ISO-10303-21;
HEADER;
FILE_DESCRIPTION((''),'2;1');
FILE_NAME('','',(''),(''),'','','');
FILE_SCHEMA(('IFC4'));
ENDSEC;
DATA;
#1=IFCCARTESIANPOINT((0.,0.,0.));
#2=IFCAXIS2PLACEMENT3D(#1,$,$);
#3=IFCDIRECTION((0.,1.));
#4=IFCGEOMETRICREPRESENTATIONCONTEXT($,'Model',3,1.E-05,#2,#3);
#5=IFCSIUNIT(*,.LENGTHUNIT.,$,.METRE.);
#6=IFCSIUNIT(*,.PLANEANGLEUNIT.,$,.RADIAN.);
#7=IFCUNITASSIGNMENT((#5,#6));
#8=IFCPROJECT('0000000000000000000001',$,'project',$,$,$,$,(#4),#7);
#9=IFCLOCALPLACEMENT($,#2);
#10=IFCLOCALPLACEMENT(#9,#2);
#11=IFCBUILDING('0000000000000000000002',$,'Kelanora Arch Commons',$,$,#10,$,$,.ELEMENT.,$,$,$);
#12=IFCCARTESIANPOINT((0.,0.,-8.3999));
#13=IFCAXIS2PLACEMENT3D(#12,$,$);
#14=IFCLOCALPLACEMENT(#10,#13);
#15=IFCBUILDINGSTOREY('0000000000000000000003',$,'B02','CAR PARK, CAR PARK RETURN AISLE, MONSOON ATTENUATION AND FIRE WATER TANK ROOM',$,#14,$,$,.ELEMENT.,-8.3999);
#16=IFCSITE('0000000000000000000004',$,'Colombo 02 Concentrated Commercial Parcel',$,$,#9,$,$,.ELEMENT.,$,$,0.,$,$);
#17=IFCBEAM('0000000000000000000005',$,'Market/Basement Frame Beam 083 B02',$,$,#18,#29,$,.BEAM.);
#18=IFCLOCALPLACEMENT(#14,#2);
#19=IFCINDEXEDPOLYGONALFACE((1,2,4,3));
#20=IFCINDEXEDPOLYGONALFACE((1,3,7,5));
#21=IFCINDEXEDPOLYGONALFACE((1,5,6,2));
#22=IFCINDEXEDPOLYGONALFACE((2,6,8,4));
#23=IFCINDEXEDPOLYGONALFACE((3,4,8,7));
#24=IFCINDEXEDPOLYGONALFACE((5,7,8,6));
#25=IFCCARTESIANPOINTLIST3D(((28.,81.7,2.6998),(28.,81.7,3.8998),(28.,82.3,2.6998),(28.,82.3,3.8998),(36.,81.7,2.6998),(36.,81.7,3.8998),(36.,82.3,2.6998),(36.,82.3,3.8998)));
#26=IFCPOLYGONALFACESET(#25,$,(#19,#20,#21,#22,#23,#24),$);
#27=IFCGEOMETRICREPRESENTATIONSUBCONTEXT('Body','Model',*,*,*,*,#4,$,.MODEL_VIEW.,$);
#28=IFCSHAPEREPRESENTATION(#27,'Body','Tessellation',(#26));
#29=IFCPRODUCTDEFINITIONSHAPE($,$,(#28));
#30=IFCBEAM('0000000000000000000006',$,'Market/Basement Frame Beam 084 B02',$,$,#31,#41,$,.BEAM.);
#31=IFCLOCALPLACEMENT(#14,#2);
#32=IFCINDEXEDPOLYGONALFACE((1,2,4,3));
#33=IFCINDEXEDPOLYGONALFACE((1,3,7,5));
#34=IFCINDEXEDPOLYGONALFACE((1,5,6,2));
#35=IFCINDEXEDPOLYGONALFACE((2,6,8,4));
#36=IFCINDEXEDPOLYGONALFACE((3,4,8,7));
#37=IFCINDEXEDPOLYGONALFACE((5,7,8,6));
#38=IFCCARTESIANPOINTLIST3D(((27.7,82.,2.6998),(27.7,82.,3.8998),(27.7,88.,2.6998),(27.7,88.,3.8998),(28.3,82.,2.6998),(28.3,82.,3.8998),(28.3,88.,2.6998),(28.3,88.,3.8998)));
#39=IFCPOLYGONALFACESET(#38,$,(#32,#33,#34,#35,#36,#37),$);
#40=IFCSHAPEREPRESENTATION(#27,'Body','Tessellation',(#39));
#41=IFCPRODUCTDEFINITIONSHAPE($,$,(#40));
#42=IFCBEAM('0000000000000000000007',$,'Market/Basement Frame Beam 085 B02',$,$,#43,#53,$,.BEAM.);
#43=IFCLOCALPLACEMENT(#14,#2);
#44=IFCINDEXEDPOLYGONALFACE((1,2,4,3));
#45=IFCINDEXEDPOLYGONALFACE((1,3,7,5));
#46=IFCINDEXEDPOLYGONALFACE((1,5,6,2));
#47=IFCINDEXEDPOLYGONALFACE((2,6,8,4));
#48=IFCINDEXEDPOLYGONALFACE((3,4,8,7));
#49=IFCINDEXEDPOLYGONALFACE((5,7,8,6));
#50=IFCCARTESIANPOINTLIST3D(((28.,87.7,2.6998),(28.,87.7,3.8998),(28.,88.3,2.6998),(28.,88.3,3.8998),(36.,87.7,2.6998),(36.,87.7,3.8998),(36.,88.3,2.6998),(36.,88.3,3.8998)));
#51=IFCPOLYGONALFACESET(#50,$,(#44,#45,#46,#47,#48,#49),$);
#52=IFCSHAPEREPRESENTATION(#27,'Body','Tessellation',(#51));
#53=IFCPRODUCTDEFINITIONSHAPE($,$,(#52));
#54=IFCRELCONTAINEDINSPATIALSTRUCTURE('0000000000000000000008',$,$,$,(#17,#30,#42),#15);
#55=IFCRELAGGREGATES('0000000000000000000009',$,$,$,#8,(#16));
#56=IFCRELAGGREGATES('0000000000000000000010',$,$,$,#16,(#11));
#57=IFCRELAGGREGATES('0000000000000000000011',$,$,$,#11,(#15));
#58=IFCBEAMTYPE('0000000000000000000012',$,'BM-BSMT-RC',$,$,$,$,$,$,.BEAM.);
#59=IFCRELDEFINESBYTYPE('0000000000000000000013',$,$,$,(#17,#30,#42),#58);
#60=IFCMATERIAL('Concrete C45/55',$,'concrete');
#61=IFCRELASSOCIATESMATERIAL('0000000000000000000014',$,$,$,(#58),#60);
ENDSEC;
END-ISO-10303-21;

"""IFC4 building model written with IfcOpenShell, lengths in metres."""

from ifc_helpers import new_model, si_unit, direction, frame, origin, origin_2d, place, context, subcontext, project, spatial, rectangle, extrude, material, material_profile, profile_set, type_object, element, save


model = new_model("IFC4")

# Units and contexts
model_context = context("Model", 3, precision=1e-05, world=origin(), true_north=direction((0.0, 1.0)))
body_context = subcontext(model_context, "Body", "Model", "MODEL_VIEW")
ifc_project = project(units=[si_unit("LENGTHUNIT", "METRE"), si_unit("PLANEANGLEUNIT", "RADIAN")], contexts=[model_context])

# Site, building, storey
site_placement = place(None, origin())
site = spatial("IfcSite", under=ifc_project, at=site_placement, Name="Colombo 02 Concentrated Commercial Parcel", CompositionType="ELEMENT", RefElevation=0.0)
building_placement = place(site_placement, origin())
building = spatial("IfcBuilding", under=site, at=building_placement, Name="Kelanora Arch Commons", CompositionType="ELEMENT")
storey_placement = place(building_placement, frame((0.0, 0.0, -8.3999)))
storey = spatial("IfcBuildingStorey", under=building, at=storey_placement, Name="B02", Description="CAR PARK, CAR PARK RETURN AISLE, MONSOON ATTENUATION AND FIRE WATER TANK ROOM", CompositionType="ELEMENT", Elevation=-8.3999)

# Shared definitions
ifc_material_1 = material(Name="Concrete C45/55", Category="concrete")

# Beams
ifc_material_profile_1 = material_profile(ifc_material_1, rectangle(XDim=0.6001, YDim=1.2, at=origin_2d()), Name="RCB600x1200")
ifc_profile_set_1 = profile_set([ifc_material_profile_1], Name="Concrete C45/55")
beam_type = type_object("IfcBeamType", Name="BM-BSMT-RC", PredefinedType="BEAM", material=ifc_profile_set_1)
for number, where, z_axis, x_axis, name in (
    (1, (28.0, 82.0, 3.2998), (1.0, 0.0, 0.0), (0.0, 1.0, 0.0), "Market/Basement Frame Beam 083 B02"),
):
    element("IfcBeam", number, at=place(storey_placement, frame(where, z_axis=z_axis, x_axis=x_axis)), inside=storey, type_object=beam_type, Name=name, PredefinedType="BEAM", context=body_context, shape_type="SweptSolid", body=[
        extrude(rectangle(XDim=0.6001, YDim=1.2, at=origin_2d()), origin(), (0.0, 0.0, 1.0), 8.0),
    ])
beam_1_placement = place(storey_placement, frame((28.0, 82.0, 3.2998), z_axis=(0.0, 1.0, 0.0), x_axis=(-1.0, 0.0, 0.0)))
element("IfcBeam", 2, at=beam_1_placement, inside=storey, type_object=beam_type, Name="Market/Basement Frame Beam 084 B02", PredefinedType="BEAM", context=body_context, shape_type="SweptSolid", body=[
    extrude(rectangle(XDim=0.6001, YDim=1.2, at=origin_2d()), origin(), (0.0, 0.0, 1.0), 6.0),
])
beam_2_placement = place(storey_placement, frame((28.0, 88.0, 3.2998), z_axis=(1.0, 0.0, 0.0), x_axis=(0.0, 1.0, 0.0)))
element("IfcBeam", 3, at=beam_2_placement, inside=storey, type_object=beam_type, Name="Market/Basement Frame Beam 085 B02", PredefinedType="BEAM", context=body_context, shape_type="SweptSolid", body=[
    extrude(rectangle(XDim=0.6001, YDim=1.2, at=origin_2d()), origin(), (0.0, 0.0, 1.0), 8.0),
])

save(model, "model.ifc")
